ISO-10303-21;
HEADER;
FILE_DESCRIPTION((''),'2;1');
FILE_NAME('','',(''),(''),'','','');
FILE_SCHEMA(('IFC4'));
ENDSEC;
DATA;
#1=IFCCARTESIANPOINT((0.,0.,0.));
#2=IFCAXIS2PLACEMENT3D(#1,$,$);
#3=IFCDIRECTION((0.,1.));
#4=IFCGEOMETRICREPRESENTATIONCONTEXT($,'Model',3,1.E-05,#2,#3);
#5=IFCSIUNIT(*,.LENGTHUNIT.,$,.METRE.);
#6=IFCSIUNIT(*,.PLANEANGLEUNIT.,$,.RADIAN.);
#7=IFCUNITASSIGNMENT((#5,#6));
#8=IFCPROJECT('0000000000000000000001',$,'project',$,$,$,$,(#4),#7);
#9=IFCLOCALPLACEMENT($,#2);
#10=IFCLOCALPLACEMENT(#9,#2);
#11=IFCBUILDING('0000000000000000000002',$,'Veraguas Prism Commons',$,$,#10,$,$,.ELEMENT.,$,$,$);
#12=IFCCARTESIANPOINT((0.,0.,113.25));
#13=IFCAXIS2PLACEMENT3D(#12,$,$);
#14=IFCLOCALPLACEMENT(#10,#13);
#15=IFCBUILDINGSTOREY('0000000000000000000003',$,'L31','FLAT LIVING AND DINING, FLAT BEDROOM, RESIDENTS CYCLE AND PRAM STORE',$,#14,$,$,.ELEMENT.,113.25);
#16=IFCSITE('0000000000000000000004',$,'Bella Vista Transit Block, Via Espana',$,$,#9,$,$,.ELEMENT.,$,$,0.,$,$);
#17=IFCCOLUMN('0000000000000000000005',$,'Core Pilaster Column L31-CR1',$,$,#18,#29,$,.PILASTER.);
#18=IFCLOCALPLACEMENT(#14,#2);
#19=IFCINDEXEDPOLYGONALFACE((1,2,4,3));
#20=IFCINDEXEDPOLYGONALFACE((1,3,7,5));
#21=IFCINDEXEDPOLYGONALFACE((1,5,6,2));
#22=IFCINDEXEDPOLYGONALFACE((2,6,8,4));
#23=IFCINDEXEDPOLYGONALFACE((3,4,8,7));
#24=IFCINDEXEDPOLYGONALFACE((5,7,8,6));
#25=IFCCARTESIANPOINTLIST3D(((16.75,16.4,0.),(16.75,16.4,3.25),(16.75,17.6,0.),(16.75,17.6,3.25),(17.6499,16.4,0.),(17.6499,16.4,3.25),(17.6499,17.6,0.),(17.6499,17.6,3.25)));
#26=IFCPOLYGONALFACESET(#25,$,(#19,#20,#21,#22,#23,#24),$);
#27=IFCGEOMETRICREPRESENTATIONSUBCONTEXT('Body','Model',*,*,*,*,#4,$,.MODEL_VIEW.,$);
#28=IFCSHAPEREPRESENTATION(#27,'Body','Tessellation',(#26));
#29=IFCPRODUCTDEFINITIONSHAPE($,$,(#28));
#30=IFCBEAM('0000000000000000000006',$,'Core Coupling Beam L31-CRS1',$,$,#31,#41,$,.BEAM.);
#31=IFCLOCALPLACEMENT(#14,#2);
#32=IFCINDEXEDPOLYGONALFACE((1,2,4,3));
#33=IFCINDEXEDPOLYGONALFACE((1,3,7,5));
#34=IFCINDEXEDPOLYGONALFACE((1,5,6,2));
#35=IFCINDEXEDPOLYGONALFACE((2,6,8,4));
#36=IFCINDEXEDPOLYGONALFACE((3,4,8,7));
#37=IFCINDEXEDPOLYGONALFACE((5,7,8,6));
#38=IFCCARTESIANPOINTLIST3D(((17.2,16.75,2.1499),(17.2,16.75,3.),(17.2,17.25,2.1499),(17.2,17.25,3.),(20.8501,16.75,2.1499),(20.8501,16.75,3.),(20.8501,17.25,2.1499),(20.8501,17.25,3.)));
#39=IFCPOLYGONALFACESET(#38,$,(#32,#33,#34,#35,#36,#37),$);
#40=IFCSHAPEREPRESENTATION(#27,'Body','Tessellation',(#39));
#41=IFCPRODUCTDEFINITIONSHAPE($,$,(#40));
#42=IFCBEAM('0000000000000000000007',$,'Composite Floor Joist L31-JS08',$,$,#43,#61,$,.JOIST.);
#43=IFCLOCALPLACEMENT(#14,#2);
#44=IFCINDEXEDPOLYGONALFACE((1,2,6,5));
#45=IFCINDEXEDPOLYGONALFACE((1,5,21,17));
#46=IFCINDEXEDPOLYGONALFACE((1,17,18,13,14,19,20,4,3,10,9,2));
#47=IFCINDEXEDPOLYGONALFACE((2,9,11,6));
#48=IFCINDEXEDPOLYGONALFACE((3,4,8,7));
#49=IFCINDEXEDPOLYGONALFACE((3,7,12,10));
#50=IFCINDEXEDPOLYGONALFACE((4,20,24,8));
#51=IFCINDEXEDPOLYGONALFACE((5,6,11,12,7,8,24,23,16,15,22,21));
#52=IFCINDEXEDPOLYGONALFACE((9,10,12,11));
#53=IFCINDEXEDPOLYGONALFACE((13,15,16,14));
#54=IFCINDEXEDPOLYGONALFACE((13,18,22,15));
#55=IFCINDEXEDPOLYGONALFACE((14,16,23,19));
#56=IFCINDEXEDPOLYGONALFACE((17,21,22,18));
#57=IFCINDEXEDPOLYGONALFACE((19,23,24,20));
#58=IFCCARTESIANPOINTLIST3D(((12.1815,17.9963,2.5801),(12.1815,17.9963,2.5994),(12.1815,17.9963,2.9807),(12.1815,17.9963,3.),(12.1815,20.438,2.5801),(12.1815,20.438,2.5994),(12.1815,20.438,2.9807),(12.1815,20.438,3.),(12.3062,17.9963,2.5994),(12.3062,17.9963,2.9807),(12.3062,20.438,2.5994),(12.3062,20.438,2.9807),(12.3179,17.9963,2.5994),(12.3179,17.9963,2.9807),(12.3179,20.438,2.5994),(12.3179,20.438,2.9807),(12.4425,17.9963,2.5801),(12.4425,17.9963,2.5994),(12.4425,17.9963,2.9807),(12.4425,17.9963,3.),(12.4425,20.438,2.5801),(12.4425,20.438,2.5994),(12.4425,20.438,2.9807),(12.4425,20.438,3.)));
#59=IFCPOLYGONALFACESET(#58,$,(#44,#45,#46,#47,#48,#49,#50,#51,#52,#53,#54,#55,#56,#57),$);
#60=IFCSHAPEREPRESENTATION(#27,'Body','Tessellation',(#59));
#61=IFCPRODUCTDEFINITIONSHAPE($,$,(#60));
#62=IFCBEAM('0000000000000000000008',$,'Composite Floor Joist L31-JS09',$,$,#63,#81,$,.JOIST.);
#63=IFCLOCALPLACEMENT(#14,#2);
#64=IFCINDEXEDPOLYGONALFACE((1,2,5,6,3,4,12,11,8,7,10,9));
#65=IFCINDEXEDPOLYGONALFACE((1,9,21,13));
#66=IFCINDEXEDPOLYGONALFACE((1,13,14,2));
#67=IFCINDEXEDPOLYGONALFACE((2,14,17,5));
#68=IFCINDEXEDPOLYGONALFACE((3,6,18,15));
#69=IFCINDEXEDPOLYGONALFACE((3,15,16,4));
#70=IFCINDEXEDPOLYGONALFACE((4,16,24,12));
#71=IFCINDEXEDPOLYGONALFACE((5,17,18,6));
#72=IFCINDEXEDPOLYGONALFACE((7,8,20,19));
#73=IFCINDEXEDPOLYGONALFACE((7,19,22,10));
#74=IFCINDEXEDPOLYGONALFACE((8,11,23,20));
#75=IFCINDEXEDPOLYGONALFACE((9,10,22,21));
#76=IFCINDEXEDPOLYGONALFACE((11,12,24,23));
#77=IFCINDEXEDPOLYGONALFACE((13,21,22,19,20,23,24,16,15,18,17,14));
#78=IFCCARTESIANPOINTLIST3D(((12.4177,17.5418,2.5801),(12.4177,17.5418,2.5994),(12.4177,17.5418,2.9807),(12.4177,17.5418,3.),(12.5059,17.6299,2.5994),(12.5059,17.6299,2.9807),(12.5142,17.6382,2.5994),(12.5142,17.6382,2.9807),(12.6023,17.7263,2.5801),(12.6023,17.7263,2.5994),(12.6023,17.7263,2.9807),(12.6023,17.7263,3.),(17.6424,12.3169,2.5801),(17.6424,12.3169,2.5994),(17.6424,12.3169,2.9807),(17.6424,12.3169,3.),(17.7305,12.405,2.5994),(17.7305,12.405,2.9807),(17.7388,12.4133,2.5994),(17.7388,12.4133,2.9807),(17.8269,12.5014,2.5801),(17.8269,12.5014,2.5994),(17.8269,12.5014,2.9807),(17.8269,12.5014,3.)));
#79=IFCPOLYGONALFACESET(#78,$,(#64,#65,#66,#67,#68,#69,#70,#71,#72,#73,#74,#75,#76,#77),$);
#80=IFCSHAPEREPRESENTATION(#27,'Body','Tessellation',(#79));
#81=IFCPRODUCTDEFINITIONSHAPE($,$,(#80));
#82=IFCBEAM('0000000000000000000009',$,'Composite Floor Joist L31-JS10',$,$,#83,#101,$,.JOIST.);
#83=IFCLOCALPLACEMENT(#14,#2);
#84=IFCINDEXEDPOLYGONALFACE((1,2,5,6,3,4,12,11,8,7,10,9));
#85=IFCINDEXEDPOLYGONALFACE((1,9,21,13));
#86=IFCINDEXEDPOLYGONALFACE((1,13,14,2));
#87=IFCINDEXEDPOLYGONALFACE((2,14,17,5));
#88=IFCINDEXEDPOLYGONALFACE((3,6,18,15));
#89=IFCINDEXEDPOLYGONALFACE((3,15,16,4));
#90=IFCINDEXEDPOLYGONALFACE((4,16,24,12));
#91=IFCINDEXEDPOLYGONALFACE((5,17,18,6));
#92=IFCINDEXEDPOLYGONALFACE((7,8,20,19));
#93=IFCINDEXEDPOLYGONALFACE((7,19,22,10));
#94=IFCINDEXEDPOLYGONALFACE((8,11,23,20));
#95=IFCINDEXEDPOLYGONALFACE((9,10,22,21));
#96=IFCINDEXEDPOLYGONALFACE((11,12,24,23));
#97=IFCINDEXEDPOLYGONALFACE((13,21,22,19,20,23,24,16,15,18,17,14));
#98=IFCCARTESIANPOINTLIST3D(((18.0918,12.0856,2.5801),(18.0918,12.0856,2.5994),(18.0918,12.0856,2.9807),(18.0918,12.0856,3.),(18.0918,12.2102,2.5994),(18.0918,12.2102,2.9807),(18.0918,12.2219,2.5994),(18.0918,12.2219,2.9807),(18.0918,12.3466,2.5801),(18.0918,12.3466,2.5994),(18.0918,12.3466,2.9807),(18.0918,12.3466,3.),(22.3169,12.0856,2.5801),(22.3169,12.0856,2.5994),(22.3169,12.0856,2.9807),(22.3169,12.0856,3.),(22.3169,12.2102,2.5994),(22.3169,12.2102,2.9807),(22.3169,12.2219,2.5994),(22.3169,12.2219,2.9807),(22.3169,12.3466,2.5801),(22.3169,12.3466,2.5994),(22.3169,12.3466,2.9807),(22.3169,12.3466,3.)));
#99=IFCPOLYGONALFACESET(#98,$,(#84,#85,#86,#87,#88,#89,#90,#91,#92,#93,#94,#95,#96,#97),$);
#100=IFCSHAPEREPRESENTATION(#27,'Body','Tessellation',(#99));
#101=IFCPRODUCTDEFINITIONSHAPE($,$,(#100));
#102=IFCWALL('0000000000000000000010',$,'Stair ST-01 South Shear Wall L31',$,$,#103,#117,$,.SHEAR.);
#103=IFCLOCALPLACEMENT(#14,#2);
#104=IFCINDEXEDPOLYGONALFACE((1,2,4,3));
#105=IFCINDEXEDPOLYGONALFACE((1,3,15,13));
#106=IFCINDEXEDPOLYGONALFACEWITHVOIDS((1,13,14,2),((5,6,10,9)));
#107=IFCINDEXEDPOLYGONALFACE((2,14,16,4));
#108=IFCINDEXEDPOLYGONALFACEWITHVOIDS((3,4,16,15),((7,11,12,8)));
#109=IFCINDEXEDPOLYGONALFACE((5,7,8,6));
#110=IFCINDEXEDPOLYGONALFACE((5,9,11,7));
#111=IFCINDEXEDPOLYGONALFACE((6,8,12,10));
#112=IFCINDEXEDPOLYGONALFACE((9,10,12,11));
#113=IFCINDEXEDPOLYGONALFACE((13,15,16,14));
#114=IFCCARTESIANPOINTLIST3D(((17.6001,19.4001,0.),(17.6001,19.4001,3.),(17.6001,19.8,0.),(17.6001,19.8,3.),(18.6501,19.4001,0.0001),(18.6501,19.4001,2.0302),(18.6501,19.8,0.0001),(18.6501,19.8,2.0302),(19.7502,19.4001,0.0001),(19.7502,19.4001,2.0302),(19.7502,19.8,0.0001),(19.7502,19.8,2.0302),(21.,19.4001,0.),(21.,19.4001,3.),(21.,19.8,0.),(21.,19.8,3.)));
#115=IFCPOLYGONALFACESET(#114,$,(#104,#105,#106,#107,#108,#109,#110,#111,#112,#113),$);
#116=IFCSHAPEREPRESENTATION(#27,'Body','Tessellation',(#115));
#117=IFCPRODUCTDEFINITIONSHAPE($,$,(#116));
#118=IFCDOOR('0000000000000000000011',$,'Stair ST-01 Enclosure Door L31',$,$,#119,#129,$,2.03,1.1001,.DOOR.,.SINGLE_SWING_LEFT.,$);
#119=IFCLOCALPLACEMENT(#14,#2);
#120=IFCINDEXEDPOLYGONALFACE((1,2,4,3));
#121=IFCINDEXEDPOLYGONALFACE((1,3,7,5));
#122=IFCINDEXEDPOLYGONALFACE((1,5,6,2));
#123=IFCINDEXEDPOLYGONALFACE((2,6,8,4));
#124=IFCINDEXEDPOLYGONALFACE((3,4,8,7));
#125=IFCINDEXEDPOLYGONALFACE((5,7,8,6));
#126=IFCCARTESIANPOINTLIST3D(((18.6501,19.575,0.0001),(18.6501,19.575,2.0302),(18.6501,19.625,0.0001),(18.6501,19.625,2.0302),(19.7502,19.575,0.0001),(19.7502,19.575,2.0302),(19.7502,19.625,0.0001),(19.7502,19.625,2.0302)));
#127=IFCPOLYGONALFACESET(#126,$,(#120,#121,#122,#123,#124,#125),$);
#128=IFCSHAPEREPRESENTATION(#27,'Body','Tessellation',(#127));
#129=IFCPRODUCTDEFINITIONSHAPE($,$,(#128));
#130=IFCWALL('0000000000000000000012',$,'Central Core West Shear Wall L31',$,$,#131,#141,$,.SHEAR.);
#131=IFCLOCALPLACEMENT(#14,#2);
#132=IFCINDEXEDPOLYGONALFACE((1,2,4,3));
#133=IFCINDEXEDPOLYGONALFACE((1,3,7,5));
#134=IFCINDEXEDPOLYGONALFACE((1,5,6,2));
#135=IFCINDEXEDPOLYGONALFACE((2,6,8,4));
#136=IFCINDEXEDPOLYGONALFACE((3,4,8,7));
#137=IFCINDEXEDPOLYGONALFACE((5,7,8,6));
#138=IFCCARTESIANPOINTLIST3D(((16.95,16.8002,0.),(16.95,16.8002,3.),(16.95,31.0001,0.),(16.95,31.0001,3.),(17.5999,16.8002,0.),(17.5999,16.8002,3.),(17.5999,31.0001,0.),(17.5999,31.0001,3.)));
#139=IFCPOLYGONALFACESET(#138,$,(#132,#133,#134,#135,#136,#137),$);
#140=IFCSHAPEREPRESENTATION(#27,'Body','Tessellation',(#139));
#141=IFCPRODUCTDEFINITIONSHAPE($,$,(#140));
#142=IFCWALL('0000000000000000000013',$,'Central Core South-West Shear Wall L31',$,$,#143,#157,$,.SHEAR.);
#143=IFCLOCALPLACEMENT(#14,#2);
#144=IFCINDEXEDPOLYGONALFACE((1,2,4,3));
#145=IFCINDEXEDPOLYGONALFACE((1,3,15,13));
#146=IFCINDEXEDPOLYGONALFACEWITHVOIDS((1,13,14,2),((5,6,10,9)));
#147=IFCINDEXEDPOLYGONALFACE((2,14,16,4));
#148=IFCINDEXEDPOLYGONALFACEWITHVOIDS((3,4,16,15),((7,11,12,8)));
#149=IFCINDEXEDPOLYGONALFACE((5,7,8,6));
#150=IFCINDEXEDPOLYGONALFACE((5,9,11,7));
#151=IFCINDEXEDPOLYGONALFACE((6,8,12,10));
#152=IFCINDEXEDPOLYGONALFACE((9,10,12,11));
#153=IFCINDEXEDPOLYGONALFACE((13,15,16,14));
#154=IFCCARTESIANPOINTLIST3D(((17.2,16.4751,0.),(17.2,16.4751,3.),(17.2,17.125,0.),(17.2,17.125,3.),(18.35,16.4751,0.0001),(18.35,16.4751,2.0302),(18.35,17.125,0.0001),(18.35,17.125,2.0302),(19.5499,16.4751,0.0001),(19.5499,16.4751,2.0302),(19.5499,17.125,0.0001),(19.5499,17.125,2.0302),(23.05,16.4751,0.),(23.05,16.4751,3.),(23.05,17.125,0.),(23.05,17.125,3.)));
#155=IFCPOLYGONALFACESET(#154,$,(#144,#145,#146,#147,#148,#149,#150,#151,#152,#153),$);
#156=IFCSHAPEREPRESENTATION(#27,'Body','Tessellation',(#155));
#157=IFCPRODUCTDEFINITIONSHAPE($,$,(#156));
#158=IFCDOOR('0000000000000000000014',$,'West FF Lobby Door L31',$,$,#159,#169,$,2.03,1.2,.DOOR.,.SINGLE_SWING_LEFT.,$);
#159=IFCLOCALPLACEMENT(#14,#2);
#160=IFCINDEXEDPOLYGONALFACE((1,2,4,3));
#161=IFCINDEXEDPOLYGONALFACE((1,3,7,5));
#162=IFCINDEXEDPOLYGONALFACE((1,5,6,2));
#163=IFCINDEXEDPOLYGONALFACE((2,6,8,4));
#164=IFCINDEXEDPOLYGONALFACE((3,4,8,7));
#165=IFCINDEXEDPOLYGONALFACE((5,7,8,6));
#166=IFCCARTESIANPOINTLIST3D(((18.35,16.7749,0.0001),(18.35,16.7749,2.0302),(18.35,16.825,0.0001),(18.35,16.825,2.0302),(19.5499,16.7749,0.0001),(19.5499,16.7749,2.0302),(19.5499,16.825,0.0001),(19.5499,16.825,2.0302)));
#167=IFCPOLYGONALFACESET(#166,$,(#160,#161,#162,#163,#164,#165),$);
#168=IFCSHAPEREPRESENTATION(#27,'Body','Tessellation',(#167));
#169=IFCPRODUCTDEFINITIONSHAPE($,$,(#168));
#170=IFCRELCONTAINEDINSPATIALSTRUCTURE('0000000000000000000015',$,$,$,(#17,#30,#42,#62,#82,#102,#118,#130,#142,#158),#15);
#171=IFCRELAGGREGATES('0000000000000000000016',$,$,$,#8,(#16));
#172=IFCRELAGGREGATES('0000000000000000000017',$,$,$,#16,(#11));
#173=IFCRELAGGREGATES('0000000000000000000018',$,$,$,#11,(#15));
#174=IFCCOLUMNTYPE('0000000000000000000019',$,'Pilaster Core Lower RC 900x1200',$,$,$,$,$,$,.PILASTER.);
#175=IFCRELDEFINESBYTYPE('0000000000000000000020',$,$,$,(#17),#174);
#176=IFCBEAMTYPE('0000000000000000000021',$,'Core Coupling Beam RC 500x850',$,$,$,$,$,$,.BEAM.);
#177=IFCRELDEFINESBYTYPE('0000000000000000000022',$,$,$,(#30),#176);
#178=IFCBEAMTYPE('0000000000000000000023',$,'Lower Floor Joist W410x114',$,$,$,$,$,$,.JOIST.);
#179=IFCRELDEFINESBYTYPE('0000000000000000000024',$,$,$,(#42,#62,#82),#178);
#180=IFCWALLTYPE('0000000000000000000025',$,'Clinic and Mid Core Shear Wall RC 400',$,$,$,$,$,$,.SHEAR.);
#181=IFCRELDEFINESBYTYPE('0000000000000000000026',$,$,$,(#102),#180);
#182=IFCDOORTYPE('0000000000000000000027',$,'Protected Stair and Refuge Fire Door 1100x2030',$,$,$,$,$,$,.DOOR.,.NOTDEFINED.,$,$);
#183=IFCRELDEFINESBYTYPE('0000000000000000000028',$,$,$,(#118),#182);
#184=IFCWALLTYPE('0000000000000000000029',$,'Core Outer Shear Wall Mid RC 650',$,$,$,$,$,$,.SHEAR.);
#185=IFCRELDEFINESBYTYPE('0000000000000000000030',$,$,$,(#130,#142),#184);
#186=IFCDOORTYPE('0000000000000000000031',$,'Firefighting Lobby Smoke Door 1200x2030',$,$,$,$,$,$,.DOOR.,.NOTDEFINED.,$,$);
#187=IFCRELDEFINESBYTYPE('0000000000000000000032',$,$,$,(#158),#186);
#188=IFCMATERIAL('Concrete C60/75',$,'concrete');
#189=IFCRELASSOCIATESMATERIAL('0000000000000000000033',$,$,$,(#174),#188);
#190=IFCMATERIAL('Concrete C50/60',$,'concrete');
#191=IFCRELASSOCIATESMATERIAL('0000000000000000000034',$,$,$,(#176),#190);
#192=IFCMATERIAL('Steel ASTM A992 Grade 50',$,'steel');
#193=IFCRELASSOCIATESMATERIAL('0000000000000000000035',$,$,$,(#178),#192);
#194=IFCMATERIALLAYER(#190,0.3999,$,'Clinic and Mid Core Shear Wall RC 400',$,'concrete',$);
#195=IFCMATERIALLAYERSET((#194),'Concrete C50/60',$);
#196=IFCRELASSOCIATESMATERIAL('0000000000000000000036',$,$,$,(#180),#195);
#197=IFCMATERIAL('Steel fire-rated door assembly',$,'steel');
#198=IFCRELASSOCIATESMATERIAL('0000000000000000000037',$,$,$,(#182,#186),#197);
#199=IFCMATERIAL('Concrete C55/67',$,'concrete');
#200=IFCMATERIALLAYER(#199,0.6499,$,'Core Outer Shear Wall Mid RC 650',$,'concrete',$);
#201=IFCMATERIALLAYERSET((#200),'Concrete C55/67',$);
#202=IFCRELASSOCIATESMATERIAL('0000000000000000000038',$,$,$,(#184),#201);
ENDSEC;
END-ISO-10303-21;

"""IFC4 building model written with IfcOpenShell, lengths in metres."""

from ifc_helpers import new_model, si_unit, direction, frame, frame_2d, origin, origin_2d, place, context, subcontext, project, spatial, rectangle, i_section, extrude, source, transform, mapped, material, layer, layer_set, material_profile, profile_set, type_object, element, fill, save


model = new_model("IFC4")

# Units and contexts
model_context = context("Model", 3, precision=1e-05, world=origin(), true_north=direction((0.0, 1.0)))
body_context = subcontext(model_context, "Body", "Model", "MODEL_VIEW")
ifc_project = project(units=[si_unit("LENGTHUNIT", "METRE"), si_unit("PLANEANGLEUNIT", "RADIAN")], contexts=[model_context])

# Site, building, storey
site_placement = place(None, origin())
site = spatial("IfcSite", under=ifc_project, at=site_placement, Name="Bella Vista Transit Block, Via Espana", CompositionType="ELEMENT", RefElevation=0.0)
building_placement = place(site_placement, origin())
building = spatial("IfcBuilding", under=site, at=building_placement, Name="Veraguas Prism Commons", CompositionType="ELEMENT")
storey_placement = place(building_placement, frame((0.0, 0.0, 113.25)))
storey = spatial("IfcBuildingStorey", under=building, at=storey_placement, Name="L31", Description="FLAT LIVING AND DINING, FLAT BEDROOM, RESIDENTS CYCLE AND PRAM STORE", CompositionType="ELEMENT", Elevation=113.25)

# Column
ifc_material_1 = material(Name="Concrete C60/75", Category="concrete")
ifc_material_profile_1 = material_profile(ifc_material_1, rectangle(XDim=0.8999, YDim=1.2, at=origin_2d()), Name="RC900X1200")
ifc_profile_set_1 = profile_set([ifc_material_profile_1], Name="Concrete C60/75")
column_type = type_object("IfcColumnType", Name="Pilaster Core Lower RC 900x1200", PredefinedType="PILASTER", material=ifc_profile_set_1)
column_placement = place(storey_placement, frame((17.2, 17.0, 0.0), z_axis=(0.0, 0.0, 1.0), x_axis=(1.0, 0.0, 0.0)))
element("IfcColumn", 1, at=column_placement, inside=storey, type_object=column_type, Name="Core Pilaster Column L31-CR1", PredefinedType="PILASTER", context=body_context, shape_type="SweptSolid", body=[
    extrude(rectangle(XDim=0.8999, YDim=1.2, at=origin_2d()), origin(), (0.0, 0.0, 1.0), 3.25),
])

# Beams
ifc_material_2 = material(Name="Concrete C50/60", Category="concrete")
ifc_material_profile_2 = material_profile(ifc_material_2, rectangle(XDim=0.5, YDim=0.8501, at=origin_2d()), Name="RC500X850")
ifc_profile_set_2 = profile_set([ifc_material_profile_2], Name="Concrete C50/60")
beam_type_1 = type_object("IfcBeamType", Name="Core Coupling Beam RC 500x850", PredefinedType="BEAM", material=ifc_profile_set_2)
beam_1_placement = place(storey_placement, frame((17.2, 17.0, 2.575), z_axis=(1.0, 0.0, 0.0), x_axis=(0.0, 1.0, 0.0)))
element("IfcBeam", 2, at=beam_1_placement, inside=storey, type_object=beam_type_1, Name="Core Coupling Beam L31-CRS1", PredefinedType="BEAM", context=body_context, shape_type="SweptSolid", body=[
    extrude(rectangle(XDim=0.5, YDim=0.8501, at=origin_2d()), origin(), (0.0, 0.0, 1.0), 3.6501),
])
ifc_material_3 = material(Name="Steel ASTM A992 Grade 50", Category="steel")
ifc_material_profile_3 = material_profile(ifc_material_3, i_section(OverallWidth=0.261, OverallDepth=0.4199, WebThickness=0.0117, FlangeThickness=0.0193, at=origin_2d()), Name="W410X114")
ifc_profile_set_3 = profile_set([ifc_material_profile_3], Name="Steel ASTM A992 Grade 50")
beam_type_2 = type_object("IfcBeamType", Name="Lower Floor Joist W410x114", PredefinedType="JOIST", material=ifc_profile_set_3)
beam_2_placement = place(storey_placement, frame((12.312, 20.438, 2.79), z_axis=(0.0, -1.0, 0.0), x_axis=(1.0, 0.0, 0.0)))
element("IfcBeam", 3, at=beam_2_placement, inside=storey, type_object=beam_type_2, Name="Composite Floor Joist L31-JS08", PredefinedType="JOIST", context=body_context, shape_type="SweptSolid", body=[
    extrude(i_section(OverallWidth=0.261, OverallDepth=0.4199, WebThickness=0.0117, FlangeThickness=0.0193, at=origin_2d()), origin(), (0.0, 0.0, 1.0), 2.4417),
])
beam_3_placement = place(storey_placement, frame((12.51, 17.634, 2.79), z_axis=(0.70709, -0.707123, 0.0), x_axis=(0.707123, 0.70709, 0.0)))
element("IfcBeam", 4, at=beam_3_placement, inside=storey, type_object=beam_type_2, Name="Composite Floor Joist L31-JS09", PredefinedType="JOIST", context=body_context, shape_type="SweptSolid", body=[
    extrude(i_section(OverallWidth=0.261, OverallDepth=0.4199, WebThickness=0.0117, FlangeThickness=0.0193, at=origin_2d()), origin(), (0.0, 0.0, 1.0), 7.3889),
])
beam_4_placement = place(storey_placement, frame((18.0918, 12.2161, 2.79), z_axis=(1.0, 0.0, 0.0), x_axis=(0.0, 1.0, 0.0)))
element("IfcBeam", 5, at=beam_4_placement, inside=storey, type_object=beam_type_2, Name="Composite Floor Joist L31-JS10", PredefinedType="JOIST", context=body_context, shape_type="SweptSolid", body=[
    extrude(i_section(OverallWidth=0.261, OverallDepth=0.4199, WebThickness=0.0117, FlangeThickness=0.0193, at=origin_2d()), origin(), (0.0, 0.0, 1.0), 4.2251),
])

# Wall, opening, door
ifc_layer_1 = layer(ifc_material_2, 0.3999, Name="Clinic and Mid Core Shear Wall RC 400", Category="concrete")
ifc_layer_set_1 = layer_set([ifc_layer_1], Name="Concrete C50/60")
wall_type_1 = type_object("IfcWallType", Name="Clinic and Mid Core Shear Wall RC 400", PredefinedType="SHEAR", material=ifc_layer_set_1)
wall_1_placement = place(storey_placement, frame((17.6001, 19.6001, 0.0), z_axis=(0.0, 0.0, 1.0), x_axis=(1.0, 0.0, 0.0)))
wall_1 = element("IfcWall", 6, at=wall_1_placement, inside=storey, type_object=wall_type_1, Name="Stair ST-01 South Shear Wall L31", PredefinedType="SHEAR", context=body_context, shape_type="SweptSolid", body=[
    extrude(rectangle(XDim=3.3999, YDim=0.3999, at=frame_2d((1.7, 0.0))), origin(), (0.0, 0.0, 1.0), 3.0),
])
opening_1_placement = place(wall_1_placement, frame((1.05, 0.0, 0.0)))
opening_1 = element("IfcOpeningElement", 7, at=opening_1_placement, cuts=wall_1, PredefinedType="OPENING", context=body_context, shape_type="SweptSolid", body=[
    extrude(rectangle(XDim=1.1001, YDim=2.03, at=frame_2d((0.55, 1.0151))), frame((0.0, 0.21, 0.0), z_axis=(0.0, -1.0, 0.0), x_axis=(1.0, 0.0, 0.0)), (0.0, 0.0, 1.0), 0.4199),
])
ifc_material_4 = material(Name="Steel fire-rated door assembly", Category="steel")
door_type_1 = type_object("IfcDoorType", Name="Protected Stair and Refuge Fire Door 1100x2030", OperationType="NOTDEFINED", PredefinedType="DOOR", material=ifc_material_4)
shared_shape_1 = source(origin(), body_context, "Body", "SweptSolid", [
    extrude(rectangle(XDim=1.1001, YDim=2.03, at=frame_2d((0.55, 1.0151))), frame((0.0, 0.0249, 0.0), z_axis=(0.0, -1.0, 0.0), x_axis=(1.0, 0.0, 0.0)), (0.0, 0.0, 1.0), 0.05),
])
door_1_placement = place(opening_1_placement, origin())
door_1 = element("IfcDoor", 8, at=door_1_placement, inside=storey, type_object=door_type_1, Name="Stair ST-01 Enclosure Door L31", OperationType="SINGLE_SWING_LEFT", OverallHeight=2.03, OverallWidth=1.1001, PredefinedType="DOOR", context=body_context, shape_type="MappedRepresentation", body=[
    mapped(shared_shape_1, transform((0.0, 0.0, 0.0), scale=1.0)),
])
fill(opening_1, door_1)

# Wall
ifc_material_5 = material(Name="Concrete C55/67", Category="concrete")
ifc_layer_2 = layer(ifc_material_5, 0.6499, Name="Core Outer Shear Wall Mid RC 650", Category="concrete")
ifc_layer_set_2 = layer_set([ifc_layer_2], Name="Concrete C55/67")
wall_type_2 = type_object("IfcWallType", Name="Core Outer Shear Wall Mid RC 650", PredefinedType="SHEAR", material=ifc_layer_set_2)
wall_2_placement = place(storey_placement, frame((17.2749, 16.8, 0.0), z_axis=(0.0, 0.0, 1.0), x_axis=(0.0, 1.0, 0.0)))
element("IfcWall", 9, at=wall_2_placement, inside=storey, type_object=wall_type_2, Name="Central Core West Shear Wall L31", PredefinedType="SHEAR", context=body_context, shape_type="SweptSolid", body=[
    extrude(rectangle(XDim=14.2, YDim=0.6499, at=frame_2d((7.1001, 0.0))), origin(), (0.0, 0.0, 1.0), 3.0),
])

# Wall, opening, door
wall_3_placement = place(storey_placement, frame((17.2, 16.8, 0.0), z_axis=(0.0, 0.0, 1.0), x_axis=(1.0, 0.0, 0.0)))
wall_3 = element("IfcWall", 10, at=wall_3_placement, inside=storey, type_object=wall_type_2, Name="Central Core South-West Shear Wall L31", PredefinedType="SHEAR", context=body_context, shape_type="SweptSolid", body=[
    extrude(rectangle(XDim=5.8501, YDim=0.6499, at=frame_2d((2.925, 0.0))), origin(), (0.0, 0.0, 1.0), 3.0),
])
opening_2_placement = place(wall_3_placement, frame((1.1499, 0.0, 0.0)))
opening_2 = element("IfcOpeningElement", 11, at=opening_2_placement, cuts=wall_3, PredefinedType="OPENING", context=body_context, shape_type="SweptSolid", body=[
    extrude(rectangle(XDim=1.2, YDim=2.03, at=frame_2d((0.6001, 1.0151))), frame((0.0, 0.335, 0.0), z_axis=(0.0, -1.0, 0.0), x_axis=(1.0, 0.0, 0.0)), (0.0, 0.0, 1.0), 0.6699),
])
door_type_2 = type_object("IfcDoorType", Name="Firefighting Lobby Smoke Door 1200x2030", OperationType="NOTDEFINED", PredefinedType="DOOR", material=ifc_material_4)
shared_shape_2 = source(origin(), body_context, "Body", "SweptSolid", [
    extrude(rectangle(XDim=1.2, YDim=2.03, at=frame_2d((0.6001, 1.0151))), frame((0.0, 0.0249, 0.0), z_axis=(0.0, -1.0, 0.0), x_axis=(1.0, 0.0, 0.0)), (0.0, 0.0, 1.0), 0.05),
])
door_2_placement = place(opening_2_placement, origin())
door_2 = element("IfcDoor", 12, at=door_2_placement, inside=storey, type_object=door_type_2, Name="West FF Lobby Door L31", OperationType="SINGLE_SWING_LEFT", OverallHeight=2.03, OverallWidth=1.2, PredefinedType="DOOR", context=body_context, shape_type="MappedRepresentation", body=[
    mapped(shared_shape_2, transform((0.0, 0.0, 0.0), scale=1.0)),
])
fill(opening_2, door_2)

save(model, "model.ifc")
